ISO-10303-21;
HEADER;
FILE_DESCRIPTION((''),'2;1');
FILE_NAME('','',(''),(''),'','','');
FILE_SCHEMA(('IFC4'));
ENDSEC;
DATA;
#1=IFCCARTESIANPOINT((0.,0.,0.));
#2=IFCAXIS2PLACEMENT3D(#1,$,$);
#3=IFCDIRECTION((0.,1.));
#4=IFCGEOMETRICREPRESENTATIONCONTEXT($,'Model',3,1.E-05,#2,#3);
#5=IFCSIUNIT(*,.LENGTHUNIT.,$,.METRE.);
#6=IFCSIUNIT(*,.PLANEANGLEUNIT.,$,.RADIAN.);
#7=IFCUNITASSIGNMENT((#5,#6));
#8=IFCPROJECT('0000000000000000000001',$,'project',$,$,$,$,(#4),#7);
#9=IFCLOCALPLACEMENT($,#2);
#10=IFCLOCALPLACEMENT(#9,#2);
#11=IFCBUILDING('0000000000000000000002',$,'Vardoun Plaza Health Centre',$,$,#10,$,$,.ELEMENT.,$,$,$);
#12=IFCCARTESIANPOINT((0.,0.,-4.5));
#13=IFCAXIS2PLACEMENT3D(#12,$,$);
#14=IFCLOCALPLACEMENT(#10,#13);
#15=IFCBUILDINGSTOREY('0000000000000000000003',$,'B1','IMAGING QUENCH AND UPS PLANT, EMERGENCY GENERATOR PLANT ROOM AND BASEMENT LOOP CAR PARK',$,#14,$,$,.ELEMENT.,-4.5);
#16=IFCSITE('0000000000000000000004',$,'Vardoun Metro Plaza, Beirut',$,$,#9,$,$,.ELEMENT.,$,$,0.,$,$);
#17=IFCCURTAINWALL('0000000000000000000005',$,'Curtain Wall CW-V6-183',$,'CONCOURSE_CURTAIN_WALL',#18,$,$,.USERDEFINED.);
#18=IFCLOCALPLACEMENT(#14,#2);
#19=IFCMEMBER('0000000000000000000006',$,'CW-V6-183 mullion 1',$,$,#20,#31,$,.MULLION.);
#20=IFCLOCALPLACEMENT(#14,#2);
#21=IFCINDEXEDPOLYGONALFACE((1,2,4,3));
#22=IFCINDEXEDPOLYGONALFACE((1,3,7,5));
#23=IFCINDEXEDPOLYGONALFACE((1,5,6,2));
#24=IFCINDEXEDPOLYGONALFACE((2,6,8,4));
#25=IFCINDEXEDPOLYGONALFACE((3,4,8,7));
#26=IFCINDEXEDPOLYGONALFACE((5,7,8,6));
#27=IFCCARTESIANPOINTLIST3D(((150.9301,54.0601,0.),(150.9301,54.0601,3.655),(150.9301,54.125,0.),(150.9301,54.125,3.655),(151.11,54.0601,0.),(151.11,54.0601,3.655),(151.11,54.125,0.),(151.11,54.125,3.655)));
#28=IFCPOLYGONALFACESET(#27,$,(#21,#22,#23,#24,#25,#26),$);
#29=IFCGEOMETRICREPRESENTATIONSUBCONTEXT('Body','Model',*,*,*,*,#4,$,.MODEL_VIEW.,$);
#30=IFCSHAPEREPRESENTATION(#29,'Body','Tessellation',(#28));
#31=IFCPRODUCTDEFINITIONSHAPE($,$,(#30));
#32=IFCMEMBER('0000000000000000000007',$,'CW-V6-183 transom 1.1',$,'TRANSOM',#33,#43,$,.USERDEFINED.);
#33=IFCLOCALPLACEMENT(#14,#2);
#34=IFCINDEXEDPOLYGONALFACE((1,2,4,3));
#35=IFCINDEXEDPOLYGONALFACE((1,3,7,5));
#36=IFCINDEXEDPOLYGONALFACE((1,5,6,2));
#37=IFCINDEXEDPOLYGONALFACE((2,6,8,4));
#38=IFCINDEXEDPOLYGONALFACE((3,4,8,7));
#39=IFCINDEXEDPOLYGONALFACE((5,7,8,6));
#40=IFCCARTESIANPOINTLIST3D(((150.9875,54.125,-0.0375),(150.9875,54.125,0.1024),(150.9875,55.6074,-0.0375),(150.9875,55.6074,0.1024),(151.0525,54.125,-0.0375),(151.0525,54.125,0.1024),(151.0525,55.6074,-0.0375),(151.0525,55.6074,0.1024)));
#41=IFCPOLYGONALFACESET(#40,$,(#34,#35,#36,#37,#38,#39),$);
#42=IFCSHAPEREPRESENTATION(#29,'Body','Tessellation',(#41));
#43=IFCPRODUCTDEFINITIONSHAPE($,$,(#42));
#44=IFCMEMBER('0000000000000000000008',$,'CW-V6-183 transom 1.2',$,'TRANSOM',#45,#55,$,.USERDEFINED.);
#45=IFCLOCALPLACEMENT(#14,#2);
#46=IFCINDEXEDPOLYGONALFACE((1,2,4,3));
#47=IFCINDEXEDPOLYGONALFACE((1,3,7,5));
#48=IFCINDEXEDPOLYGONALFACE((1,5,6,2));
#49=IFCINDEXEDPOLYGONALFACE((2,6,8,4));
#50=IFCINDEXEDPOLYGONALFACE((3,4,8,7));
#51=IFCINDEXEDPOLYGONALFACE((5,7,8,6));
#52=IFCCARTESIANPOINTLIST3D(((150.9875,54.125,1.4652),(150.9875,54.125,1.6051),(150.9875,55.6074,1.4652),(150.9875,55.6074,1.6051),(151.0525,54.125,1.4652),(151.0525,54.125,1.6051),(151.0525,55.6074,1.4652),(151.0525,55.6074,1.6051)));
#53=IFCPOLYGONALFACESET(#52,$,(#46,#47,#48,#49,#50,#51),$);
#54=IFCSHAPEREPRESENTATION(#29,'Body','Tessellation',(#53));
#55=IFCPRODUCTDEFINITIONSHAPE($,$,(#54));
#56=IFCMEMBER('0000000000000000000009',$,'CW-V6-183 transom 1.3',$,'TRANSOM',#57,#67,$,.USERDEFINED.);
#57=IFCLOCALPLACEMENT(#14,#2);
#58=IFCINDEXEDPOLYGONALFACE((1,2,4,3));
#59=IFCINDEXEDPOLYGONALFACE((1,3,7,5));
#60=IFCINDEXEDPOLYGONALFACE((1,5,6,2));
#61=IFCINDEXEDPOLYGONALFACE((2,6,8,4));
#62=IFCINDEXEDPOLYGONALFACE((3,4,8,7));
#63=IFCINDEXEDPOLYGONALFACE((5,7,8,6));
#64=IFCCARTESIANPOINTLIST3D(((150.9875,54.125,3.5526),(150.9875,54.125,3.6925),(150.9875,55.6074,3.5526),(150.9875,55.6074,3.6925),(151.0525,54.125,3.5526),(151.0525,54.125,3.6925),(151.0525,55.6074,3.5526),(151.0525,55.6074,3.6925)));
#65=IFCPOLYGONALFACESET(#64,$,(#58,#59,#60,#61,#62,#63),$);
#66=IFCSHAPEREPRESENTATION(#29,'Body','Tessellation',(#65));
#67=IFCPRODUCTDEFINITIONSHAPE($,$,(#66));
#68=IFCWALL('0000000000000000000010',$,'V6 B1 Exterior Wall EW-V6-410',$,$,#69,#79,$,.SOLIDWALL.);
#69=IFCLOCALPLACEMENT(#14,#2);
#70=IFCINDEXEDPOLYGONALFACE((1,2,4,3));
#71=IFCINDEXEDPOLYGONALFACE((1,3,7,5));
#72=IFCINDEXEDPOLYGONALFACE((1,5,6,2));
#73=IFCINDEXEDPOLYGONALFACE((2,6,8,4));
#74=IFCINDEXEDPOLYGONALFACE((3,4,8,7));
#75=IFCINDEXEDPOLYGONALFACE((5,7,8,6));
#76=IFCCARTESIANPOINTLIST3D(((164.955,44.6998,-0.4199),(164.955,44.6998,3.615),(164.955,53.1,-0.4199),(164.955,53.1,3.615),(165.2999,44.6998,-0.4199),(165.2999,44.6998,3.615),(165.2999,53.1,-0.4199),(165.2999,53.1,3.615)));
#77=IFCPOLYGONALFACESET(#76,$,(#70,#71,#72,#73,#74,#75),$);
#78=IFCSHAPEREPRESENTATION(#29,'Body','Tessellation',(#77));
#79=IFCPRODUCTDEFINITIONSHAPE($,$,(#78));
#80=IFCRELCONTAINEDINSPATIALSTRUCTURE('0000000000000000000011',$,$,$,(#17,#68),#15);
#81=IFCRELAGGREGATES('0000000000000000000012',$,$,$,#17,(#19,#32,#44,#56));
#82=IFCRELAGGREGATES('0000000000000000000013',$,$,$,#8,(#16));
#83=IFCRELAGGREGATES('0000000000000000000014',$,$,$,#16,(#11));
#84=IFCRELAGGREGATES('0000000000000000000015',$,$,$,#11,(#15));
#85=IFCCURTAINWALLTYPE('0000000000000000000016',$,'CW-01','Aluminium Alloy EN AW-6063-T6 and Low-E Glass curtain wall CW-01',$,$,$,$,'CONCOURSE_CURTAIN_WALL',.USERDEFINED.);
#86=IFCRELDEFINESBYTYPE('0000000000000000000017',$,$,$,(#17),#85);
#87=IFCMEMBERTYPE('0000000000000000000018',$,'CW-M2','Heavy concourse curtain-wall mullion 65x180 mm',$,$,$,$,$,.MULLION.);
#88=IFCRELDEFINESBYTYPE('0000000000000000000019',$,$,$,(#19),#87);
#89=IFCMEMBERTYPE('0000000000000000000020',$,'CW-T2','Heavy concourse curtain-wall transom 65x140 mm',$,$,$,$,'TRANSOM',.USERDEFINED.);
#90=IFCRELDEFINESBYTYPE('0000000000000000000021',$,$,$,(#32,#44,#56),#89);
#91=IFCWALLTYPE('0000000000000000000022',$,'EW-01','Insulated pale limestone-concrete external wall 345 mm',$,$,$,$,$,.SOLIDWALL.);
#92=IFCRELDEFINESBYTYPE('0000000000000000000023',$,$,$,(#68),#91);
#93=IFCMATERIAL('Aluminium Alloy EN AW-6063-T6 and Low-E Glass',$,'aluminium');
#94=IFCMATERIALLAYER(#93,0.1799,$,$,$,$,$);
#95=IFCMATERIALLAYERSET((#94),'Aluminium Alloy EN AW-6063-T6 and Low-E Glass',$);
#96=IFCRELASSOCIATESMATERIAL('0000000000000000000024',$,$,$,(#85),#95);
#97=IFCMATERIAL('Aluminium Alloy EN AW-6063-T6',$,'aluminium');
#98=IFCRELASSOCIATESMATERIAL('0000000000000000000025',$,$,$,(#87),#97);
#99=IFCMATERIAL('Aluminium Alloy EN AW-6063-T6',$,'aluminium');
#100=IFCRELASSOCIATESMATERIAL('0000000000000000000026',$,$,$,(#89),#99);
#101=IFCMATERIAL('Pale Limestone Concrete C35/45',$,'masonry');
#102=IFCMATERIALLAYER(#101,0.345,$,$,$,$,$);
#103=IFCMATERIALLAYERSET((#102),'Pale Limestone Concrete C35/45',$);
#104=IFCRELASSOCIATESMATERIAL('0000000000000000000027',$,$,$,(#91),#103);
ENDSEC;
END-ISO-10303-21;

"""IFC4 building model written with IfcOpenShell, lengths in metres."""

from ifc_helpers import new_model, si_unit, direction, frame, frame_2d, origin, origin_2d, place, context, subcontext, project, spatial, rectangle, extrude, material, layer, layer_set, material_profile, profile_set, type_object, element, aggregate, save


model = new_model("IFC4")

# Units and contexts
model_context = context("Model", 3, precision=1e-05, world=origin(), true_north=direction((0.0, 1.0)))
body_context = subcontext(model_context, "Body", "Model", "MODEL_VIEW")
ifc_project = project(units=[si_unit("LENGTHUNIT", "METRE"), si_unit("PLANEANGLEUNIT", "RADIAN")], contexts=[model_context])

# Site, building, storey
site_placement = place(None, origin())
site = spatial("IfcSite", under=ifc_project, at=site_placement, Name="Vardoun Metro Plaza, Beirut", CompositionType="ELEMENT", RefElevation=0.0)
building_placement = place(site_placement, origin())
building = spatial("IfcBuilding", under=site, at=building_placement, Name="Vardoun Plaza Health Centre", CompositionType="ELEMENT")
storey_placement = place(building_placement, frame((0.0, 0.0, -4.5)))
storey = spatial("IfcBuildingStorey", under=building, at=storey_placement, Name="B1", Description="IMAGING QUENCH AND UPS PLANT, EMERGENCY GENERATOR PLANT ROOM AND BASEMENT LOOP CAR PARK", CompositionType="ELEMENT", Elevation=-4.5)

# Shared definitions
ifc_material_1 = material(Name="Aluminium Alloy EN AW-6063-T6 and Low-E Glass", Category="aluminium")
ifc_layer_1 = layer(ifc_material_1, 0.1799)
ifc_layer_set_1 = layer_set([ifc_layer_1], Name="Aluminium Alloy EN AW-6063-T6 and Low-E Glass")
curtain_wall_type = type_object("IfcCurtainWallType", Name="CW-01", Description="Aluminium Alloy EN AW-6063-T6 and Low-E Glass curtain wall CW-01", ElementType="CONCOURSE_CURTAIN_WALL", PredefinedType="USERDEFINED", material=ifc_layer_set_1)
ifc_material_2 = material(Name="Aluminium Alloy EN AW-6063-T6", Category="aluminium")
ifc_material_profile_1 = material_profile(ifc_material_2, rectangle(XDim=0.1799, YDim=0.0649, at=origin_2d()), Name="CWM 65x180")
ifc_profile_set_1 = profile_set([ifc_material_profile_1], Name="Aluminium Alloy EN AW-6063-T6")
member_type_1 = type_object("IfcMemberType", Name="CW-M2", Description="Heavy concourse curtain-wall mullion 65x180 mm", PredefinedType="MULLION", material=ifc_profile_set_1)

# Curtain wall, members
curtain_wall_1_placement = place(storey_placement, origin())
curtain_wall_1 = element("IfcCurtainWall", 1, at=curtain_wall_1_placement, inside=storey, type_object=curtain_wall_type, Name="Curtain Wall CW-V6-183", ObjectType="CONCOURSE_CURTAIN_WALL", PredefinedType="USERDEFINED")
member_1_placement = place(storey_placement, frame((151.02, 54.0925, 0.0), z_axis=(0.0, 0.0, 1.0), x_axis=(-1.0, 0.0, 0.0)))
member_1 = element("IfcMember", 2, at=member_1_placement, type_object=member_type_1, Name="CW-V6-183 mullion 1", PredefinedType="MULLION", context=body_context, shape_type="SweptSolid", body=[
    extrude(rectangle(XDim=0.1799, YDim=0.0649, at=origin_2d()), origin(), (0.0, 0.0, 1.0), 3.655),
])
ifc_material_3 = material(Name="Aluminium Alloy EN AW-6063-T6", Category="aluminium")
ifc_material_profile_2 = material_profile(ifc_material_3, rectangle(XDim=0.0649, YDim=0.1399, at=origin_2d()), Name="CWT 65x140")
ifc_profile_set_2 = profile_set([ifc_material_profile_2], Name="Aluminium Alloy EN AW-6063-T6")
member_type_2 = type_object("IfcMemberType", Name="CW-T2", Description="Heavy concourse curtain-wall transom 65x140 mm", ElementType="TRANSOM", PredefinedType="USERDEFINED", material=ifc_profile_set_2)
member_2_placement = place(storey_placement, frame((151.02, 54.125, 0.0325), z_axis=(0.0, 1.0, 0.0), x_axis=(-1.0, 0.0, 0.0)))
member_2 = element("IfcMember", 3, at=member_2_placement, type_object=member_type_2, Name="CW-V6-183 transom 1.1", ObjectType="TRANSOM", PredefinedType="USERDEFINED", context=body_context, shape_type="SweptSolid", body=[
    extrude(rectangle(XDim=0.0649, YDim=0.1399, at=origin_2d()), origin(), (0.0, 0.0, 1.0), 1.4824),
])
member_3_placement = place(storey_placement, frame((151.02, 54.125, 1.5352), z_axis=(0.0, 1.0, 0.0), x_axis=(-1.0, 0.0, 0.0)))
member_3 = element("IfcMember", 4, at=member_3_placement, type_object=member_type_2, Name="CW-V6-183 transom 1.2", ObjectType="TRANSOM", PredefinedType="USERDEFINED", context=body_context, shape_type="SweptSolid", body=[
    extrude(rectangle(XDim=0.0649, YDim=0.1399, at=origin_2d()), origin(), (0.0, 0.0, 1.0), 1.4824),
])
member_4_placement = place(storey_placement, frame((151.02, 54.125, 3.6226), z_axis=(0.0, 1.0, 0.0), x_axis=(-1.0, 0.0, 0.0)))
member_4 = element("IfcMember", 5, at=member_4_placement, type_object=member_type_2, Name="CW-V6-183 transom 1.3", ObjectType="TRANSOM", PredefinedType="USERDEFINED", context=body_context, shape_type="SweptSolid", body=[
    extrude(rectangle(XDim=0.0649, YDim=0.1399, at=origin_2d()), origin(), (0.0, 0.0, 1.0), 1.4824),
])
aggregate(curtain_wall_1, [member_1, member_2, member_3, member_4])

# Wall
ifc_material_4 = material(Name="Pale Limestone Concrete C35/45", Category="masonry")
ifc_layer_2 = layer(ifc_material_4, 0.345)
ifc_layer_set_2 = layer_set([ifc_layer_2], Name="Pale Limestone Concrete C35/45")
wall_type = type_object("IfcWallType", Name="EW-01", Description="Insulated pale limestone-concrete external wall 345 mm", PredefinedType="SOLIDWALL", material=ifc_layer_set_2)
wall_placement = place(storey_placement, frame((165.1274, 53.1001, -0.4199), z_axis=(0.0, 0.0, 1.0), x_axis=(0.0, -1.0, 0.0)))
element("IfcWall", 6, at=wall_placement, inside=storey, type_object=wall_type, Name="V6 B1 Exterior Wall EW-V6-410", PredefinedType="SOLIDWALL", context=body_context, shape_type="SweptSolid", body=[
    extrude(rectangle(XDim=8.4001, YDim=0.345, at=frame_2d((4.2002, 0.0))), origin(), (0.0, 0.0, 1.0), 4.0349),
])

save(model, "model.ifc")
